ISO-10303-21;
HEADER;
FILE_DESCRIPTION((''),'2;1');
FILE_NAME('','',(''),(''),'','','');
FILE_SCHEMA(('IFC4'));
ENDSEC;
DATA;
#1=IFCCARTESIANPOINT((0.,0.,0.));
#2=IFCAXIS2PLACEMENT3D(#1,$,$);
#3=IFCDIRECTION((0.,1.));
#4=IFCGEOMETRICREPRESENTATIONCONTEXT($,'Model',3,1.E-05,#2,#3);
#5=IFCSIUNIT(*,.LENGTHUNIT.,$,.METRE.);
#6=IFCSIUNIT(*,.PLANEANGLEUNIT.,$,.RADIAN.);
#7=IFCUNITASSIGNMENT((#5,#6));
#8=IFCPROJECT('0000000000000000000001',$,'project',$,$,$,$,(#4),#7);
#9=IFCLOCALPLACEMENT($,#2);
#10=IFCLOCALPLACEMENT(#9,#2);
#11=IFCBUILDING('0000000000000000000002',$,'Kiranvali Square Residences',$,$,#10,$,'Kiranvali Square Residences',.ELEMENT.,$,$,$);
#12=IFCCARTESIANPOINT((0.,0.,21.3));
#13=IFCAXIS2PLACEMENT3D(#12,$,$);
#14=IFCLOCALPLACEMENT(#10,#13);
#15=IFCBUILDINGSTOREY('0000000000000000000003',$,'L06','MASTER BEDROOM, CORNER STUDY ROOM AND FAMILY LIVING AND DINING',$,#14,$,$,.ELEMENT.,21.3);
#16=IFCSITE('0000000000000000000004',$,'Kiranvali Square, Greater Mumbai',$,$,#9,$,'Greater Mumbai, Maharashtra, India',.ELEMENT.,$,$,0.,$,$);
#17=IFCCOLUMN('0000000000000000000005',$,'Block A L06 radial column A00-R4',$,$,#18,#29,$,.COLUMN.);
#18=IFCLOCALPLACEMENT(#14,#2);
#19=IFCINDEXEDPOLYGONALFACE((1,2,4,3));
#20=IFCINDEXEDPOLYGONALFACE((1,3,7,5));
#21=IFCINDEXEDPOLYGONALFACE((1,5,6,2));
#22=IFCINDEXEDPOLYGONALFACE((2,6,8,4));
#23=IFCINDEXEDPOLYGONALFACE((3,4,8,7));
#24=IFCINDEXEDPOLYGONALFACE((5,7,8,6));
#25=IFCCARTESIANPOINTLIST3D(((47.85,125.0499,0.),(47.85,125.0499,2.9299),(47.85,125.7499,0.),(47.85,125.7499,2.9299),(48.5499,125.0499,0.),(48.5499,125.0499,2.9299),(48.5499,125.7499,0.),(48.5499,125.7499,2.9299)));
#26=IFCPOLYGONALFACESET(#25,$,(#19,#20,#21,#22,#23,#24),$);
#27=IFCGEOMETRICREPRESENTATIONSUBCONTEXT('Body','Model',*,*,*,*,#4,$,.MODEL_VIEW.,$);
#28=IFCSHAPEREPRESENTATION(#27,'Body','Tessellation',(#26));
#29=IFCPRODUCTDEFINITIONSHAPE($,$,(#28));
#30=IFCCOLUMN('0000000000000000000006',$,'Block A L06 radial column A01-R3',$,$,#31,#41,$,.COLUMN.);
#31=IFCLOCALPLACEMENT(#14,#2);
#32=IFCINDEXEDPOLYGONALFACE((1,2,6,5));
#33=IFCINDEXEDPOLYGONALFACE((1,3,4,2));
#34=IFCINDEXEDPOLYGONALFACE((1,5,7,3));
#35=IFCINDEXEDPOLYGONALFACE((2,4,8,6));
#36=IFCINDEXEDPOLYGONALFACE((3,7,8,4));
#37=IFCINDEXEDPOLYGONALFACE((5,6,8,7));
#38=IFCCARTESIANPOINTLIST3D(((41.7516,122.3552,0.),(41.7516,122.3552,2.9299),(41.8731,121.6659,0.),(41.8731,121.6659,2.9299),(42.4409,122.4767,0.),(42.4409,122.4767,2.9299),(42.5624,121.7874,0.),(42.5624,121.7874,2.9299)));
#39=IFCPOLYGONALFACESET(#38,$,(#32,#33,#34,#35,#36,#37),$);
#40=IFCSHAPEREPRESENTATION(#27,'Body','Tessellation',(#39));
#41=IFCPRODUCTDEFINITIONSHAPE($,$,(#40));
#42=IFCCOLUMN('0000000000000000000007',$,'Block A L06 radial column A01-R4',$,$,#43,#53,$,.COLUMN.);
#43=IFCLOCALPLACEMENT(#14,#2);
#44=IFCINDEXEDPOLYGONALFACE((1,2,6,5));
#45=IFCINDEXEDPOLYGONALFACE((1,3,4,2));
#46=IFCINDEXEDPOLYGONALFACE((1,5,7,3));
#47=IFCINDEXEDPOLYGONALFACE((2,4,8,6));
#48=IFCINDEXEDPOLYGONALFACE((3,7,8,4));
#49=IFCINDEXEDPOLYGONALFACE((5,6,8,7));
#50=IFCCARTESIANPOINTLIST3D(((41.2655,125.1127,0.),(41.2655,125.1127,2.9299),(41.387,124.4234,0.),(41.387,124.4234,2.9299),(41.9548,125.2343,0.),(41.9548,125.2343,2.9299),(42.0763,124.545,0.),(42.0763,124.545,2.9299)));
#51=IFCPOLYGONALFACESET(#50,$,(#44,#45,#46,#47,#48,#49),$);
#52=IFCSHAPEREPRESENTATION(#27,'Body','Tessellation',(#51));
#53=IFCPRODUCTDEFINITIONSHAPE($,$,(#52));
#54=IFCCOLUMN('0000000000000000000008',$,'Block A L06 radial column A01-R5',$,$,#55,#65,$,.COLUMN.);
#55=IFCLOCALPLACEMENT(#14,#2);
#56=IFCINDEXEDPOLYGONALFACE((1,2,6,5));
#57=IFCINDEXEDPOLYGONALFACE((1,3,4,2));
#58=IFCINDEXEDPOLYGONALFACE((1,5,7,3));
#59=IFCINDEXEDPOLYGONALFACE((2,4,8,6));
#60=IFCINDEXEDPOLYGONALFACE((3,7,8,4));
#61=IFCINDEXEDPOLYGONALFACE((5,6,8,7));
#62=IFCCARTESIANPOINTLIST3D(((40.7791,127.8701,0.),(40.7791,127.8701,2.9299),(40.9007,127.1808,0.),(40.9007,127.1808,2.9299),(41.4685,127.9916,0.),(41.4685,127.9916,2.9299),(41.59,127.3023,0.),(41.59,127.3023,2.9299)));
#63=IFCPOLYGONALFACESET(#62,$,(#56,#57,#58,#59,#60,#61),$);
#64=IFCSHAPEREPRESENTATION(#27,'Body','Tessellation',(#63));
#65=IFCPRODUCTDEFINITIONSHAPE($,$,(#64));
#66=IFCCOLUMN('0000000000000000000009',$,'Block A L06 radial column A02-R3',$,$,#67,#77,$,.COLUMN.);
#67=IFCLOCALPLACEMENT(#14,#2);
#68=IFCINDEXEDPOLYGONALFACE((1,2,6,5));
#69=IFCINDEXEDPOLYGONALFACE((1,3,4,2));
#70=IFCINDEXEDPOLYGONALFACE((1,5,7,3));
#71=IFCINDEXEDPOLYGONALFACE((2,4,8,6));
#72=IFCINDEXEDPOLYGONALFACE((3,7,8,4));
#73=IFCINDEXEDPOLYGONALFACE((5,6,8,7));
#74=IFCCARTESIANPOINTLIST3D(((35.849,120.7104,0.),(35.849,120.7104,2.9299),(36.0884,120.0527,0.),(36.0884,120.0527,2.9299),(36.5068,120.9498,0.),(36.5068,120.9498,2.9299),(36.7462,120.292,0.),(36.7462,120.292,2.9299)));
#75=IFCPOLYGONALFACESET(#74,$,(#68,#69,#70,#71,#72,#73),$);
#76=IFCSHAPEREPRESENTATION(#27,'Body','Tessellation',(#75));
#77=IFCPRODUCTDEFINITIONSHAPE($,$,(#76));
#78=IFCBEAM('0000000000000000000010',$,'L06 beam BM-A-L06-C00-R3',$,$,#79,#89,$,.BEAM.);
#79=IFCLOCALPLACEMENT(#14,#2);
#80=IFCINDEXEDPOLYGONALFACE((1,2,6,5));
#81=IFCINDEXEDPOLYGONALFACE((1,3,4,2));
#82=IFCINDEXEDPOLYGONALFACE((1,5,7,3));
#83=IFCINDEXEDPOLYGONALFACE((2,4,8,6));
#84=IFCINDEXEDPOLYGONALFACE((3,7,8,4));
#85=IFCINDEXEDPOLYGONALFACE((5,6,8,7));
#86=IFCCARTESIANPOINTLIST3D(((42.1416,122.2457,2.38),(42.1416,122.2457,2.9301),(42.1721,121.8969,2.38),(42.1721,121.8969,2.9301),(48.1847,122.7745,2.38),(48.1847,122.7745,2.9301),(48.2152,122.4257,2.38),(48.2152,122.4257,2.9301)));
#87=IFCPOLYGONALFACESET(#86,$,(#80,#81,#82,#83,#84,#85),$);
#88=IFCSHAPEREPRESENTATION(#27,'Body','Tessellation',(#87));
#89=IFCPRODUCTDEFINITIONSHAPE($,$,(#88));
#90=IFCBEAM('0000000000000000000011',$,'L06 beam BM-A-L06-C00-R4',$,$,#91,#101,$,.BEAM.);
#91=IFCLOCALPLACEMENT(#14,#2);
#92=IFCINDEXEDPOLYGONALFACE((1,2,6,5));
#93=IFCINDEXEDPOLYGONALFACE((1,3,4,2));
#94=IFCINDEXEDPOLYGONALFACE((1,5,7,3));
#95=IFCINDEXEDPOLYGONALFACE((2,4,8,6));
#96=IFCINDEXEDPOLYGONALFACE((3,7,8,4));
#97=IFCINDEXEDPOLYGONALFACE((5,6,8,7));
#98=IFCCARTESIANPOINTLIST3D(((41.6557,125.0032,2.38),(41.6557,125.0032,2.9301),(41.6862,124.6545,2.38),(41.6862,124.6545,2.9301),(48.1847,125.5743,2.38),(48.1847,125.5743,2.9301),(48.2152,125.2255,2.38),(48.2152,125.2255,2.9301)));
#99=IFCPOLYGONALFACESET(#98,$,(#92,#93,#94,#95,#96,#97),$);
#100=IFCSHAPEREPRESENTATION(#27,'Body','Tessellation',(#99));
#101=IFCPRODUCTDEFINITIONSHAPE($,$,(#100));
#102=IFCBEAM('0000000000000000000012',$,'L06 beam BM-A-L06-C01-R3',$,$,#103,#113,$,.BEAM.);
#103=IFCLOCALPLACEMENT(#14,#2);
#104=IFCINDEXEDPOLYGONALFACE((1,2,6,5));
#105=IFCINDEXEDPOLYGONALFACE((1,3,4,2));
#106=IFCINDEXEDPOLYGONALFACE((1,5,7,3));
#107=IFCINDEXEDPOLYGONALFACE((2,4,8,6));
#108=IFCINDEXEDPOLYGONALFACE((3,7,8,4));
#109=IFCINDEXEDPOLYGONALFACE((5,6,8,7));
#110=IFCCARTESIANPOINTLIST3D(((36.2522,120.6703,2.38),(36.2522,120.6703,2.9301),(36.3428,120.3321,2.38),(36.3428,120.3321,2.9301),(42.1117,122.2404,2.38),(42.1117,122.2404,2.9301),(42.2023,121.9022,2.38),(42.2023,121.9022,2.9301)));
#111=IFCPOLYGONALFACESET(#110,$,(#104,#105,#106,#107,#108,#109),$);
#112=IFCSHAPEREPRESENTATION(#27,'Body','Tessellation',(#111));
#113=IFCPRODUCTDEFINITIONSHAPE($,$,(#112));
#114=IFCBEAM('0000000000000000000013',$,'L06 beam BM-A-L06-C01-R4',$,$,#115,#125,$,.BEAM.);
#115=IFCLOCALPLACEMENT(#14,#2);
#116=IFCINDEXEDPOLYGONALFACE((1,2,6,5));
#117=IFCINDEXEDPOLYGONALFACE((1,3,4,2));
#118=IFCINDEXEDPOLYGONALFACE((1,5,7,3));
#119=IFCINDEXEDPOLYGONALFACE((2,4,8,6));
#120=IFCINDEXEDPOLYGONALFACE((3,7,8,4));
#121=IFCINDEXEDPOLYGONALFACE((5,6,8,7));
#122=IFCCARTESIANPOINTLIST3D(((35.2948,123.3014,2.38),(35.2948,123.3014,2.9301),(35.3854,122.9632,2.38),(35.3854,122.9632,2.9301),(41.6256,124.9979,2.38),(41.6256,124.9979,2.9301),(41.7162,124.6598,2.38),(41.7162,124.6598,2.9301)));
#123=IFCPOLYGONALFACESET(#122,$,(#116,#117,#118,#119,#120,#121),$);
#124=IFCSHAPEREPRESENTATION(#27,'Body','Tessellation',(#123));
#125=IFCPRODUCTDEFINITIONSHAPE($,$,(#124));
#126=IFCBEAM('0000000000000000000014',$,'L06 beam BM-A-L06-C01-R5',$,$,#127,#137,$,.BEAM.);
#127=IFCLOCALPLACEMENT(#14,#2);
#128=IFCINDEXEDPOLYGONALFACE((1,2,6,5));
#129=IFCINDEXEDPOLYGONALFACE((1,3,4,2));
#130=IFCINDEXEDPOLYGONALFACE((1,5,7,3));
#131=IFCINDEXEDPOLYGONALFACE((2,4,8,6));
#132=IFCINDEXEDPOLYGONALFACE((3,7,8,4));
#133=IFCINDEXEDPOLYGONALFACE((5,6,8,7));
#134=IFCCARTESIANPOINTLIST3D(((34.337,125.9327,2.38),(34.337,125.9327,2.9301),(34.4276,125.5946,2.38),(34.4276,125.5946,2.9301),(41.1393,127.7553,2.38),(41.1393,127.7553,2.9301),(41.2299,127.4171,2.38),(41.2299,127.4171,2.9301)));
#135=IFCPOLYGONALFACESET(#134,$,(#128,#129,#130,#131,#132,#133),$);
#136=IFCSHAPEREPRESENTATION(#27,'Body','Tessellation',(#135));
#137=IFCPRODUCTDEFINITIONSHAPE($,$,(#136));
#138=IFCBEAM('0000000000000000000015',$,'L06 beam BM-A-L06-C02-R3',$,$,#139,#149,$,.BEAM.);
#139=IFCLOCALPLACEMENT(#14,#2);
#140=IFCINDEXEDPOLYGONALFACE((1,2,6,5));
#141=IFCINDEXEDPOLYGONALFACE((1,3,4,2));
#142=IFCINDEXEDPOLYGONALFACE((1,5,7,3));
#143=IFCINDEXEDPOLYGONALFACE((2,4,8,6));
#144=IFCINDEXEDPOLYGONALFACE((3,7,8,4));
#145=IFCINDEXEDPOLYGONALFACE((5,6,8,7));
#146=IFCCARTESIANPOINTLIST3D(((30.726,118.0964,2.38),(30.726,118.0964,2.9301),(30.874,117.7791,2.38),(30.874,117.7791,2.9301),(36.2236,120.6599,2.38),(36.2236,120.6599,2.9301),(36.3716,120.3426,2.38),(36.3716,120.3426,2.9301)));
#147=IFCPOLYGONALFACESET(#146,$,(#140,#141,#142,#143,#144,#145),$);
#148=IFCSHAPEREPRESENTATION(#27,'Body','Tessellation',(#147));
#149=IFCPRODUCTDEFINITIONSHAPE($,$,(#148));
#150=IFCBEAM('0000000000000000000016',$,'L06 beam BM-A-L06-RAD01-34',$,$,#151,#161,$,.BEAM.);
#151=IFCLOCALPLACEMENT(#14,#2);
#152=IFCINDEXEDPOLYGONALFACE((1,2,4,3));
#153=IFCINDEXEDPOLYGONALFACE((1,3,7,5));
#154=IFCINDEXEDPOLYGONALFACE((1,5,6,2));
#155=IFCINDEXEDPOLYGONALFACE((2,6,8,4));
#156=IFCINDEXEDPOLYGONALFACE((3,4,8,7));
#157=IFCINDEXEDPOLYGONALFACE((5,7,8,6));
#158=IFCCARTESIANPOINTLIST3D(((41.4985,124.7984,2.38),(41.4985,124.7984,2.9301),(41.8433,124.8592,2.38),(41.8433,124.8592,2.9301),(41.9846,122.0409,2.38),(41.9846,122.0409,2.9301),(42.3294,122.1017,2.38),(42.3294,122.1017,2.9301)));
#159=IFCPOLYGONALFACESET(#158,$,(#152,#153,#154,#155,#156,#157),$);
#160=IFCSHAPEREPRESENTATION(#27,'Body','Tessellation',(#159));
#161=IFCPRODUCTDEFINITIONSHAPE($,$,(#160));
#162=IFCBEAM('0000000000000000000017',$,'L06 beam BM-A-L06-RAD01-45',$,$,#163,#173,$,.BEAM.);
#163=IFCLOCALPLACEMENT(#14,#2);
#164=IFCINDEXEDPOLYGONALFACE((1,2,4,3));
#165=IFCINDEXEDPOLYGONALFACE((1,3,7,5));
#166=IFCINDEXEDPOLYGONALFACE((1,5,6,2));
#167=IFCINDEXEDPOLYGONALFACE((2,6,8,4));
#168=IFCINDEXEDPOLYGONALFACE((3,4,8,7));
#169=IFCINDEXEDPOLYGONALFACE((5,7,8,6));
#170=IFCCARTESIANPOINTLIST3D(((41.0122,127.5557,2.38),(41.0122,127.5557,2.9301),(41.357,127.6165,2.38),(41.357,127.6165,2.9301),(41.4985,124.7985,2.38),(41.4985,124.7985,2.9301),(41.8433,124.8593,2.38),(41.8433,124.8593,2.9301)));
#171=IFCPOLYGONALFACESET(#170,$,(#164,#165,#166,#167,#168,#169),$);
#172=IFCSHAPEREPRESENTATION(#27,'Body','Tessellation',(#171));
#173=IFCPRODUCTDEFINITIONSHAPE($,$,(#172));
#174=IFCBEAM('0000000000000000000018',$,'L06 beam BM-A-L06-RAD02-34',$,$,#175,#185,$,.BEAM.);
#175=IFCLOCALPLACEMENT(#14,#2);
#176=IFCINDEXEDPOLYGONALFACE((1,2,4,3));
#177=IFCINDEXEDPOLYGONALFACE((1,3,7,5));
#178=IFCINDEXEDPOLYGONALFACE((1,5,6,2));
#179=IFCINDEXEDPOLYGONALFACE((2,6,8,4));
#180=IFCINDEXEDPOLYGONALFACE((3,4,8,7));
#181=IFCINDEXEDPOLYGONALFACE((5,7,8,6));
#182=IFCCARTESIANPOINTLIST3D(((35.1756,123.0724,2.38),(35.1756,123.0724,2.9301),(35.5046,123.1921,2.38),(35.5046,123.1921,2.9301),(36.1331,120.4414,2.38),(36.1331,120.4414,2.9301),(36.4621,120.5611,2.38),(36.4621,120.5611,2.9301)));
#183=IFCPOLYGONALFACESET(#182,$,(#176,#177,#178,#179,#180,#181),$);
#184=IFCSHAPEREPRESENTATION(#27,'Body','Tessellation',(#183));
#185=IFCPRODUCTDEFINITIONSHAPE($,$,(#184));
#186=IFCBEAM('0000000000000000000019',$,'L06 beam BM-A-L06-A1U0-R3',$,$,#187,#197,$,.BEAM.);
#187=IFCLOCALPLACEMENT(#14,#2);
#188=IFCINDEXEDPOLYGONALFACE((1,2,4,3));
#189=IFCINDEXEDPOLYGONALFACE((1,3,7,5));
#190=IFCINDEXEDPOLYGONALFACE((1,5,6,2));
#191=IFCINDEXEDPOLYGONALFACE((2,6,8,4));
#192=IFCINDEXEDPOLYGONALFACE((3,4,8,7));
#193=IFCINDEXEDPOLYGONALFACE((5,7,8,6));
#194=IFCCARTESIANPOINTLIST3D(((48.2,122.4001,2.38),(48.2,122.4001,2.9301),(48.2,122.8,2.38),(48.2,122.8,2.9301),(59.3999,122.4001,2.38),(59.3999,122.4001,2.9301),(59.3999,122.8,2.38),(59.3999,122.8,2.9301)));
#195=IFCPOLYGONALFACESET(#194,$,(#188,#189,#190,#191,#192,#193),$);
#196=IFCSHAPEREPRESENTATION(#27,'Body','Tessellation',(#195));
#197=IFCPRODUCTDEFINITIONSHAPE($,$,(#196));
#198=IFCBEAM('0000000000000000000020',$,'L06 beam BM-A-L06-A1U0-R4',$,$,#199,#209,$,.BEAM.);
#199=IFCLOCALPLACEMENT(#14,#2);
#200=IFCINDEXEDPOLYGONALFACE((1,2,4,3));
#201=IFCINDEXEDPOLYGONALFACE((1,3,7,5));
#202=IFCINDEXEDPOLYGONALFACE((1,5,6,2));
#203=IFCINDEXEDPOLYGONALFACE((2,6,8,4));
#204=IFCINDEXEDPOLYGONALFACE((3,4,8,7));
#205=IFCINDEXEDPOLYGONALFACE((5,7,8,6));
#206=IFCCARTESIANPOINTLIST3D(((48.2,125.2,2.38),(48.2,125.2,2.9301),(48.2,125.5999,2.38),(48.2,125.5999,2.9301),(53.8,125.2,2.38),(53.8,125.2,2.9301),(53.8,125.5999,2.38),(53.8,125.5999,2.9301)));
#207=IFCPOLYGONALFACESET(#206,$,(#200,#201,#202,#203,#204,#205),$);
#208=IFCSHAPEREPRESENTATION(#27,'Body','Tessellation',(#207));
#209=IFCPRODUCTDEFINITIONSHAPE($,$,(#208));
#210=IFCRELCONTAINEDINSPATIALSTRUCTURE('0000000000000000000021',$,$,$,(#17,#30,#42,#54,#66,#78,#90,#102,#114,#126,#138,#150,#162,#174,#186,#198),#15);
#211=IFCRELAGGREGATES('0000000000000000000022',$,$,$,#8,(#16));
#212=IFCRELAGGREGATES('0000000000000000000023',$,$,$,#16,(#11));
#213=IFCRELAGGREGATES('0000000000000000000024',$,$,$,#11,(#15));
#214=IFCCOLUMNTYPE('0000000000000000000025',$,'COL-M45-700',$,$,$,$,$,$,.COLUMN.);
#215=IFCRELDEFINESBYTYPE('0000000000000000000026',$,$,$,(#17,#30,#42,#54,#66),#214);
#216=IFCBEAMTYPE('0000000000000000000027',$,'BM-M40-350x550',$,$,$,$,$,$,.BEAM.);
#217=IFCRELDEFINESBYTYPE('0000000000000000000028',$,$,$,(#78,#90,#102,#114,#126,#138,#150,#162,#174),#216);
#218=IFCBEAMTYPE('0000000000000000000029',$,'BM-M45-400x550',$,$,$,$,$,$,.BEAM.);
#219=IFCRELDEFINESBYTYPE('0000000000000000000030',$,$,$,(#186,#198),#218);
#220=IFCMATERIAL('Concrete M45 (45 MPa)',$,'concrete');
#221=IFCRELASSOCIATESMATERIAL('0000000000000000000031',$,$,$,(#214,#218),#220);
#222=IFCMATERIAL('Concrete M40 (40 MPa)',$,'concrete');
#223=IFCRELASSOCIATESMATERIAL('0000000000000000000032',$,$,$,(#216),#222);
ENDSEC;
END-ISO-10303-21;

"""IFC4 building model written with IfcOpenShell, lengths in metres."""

from ifc_helpers import new_model, si_unit, direction, frame, origin, origin_2d, place, context, subcontext, project, spatial, rectangle, extrude, material, material_profile, profile_set, type_object, element, save


model = new_model("IFC4")

# Units and contexts
model_context = context("Model", 3, precision=1e-05, world=origin(), true_north=direction((0.0, 1.0)))
body_context = subcontext(model_context, "Body", "Model", "MODEL_VIEW")
ifc_project = project(units=[si_unit("LENGTHUNIT", "METRE"), si_unit("PLANEANGLEUNIT", "RADIAN")], contexts=[model_context])

# Site, building, storey
site_placement = place(None, origin())
site = spatial("IfcSite", under=ifc_project, at=site_placement, Name="Kiranvali Square, Greater Mumbai", LongName="Greater Mumbai, Maharashtra, India", CompositionType="ELEMENT", RefElevation=0.0)
building_placement = place(site_placement, origin())
building = spatial("IfcBuilding", under=site, at=building_placement, Name="Kiranvali Square Residences", LongName="Kiranvali Square Residences", CompositionType="ELEMENT")
storey_placement = place(building_placement, frame((0.0, 0.0, 21.3)))
storey = spatial("IfcBuildingStorey", under=building, at=storey_placement, Name="L06", Description="MASTER BEDROOM, CORNER STUDY ROOM AND FAMILY LIVING AND DINING", CompositionType="ELEMENT", Elevation=21.3)

# Columns
ifc_material_1 = material(Name="Concrete M45 (45 MPa)", Category="concrete")
ifc_material_profile_1 = material_profile(ifc_material_1, rectangle(XDim=0.7, YDim=0.7, at=origin_2d()), Name="RC 700x700")
ifc_profile_set_1 = profile_set([ifc_material_profile_1], Name="Concrete M45 (45 MPa)")
column_type = type_object("IfcColumnType", Name="COL-M45-700", PredefinedType="COLUMN", material=ifc_profile_set_1)
for number, where, z_axis, x_axis, name in (
    (1, (48.2, 125.3999, 0.0), (0.0, 0.0, 1.0), (1.0, 0.0, 0.0), "Block A L06 radial column A00-R4"),
    (2, (42.157, 122.0713, 0.0), (0.0, 0.0, 1.0), (0.984808, 0.173648, 0.0), "Block A L06 radial column A01-R3"),
    (3, (41.6709, 124.8289, 0.0), (0.0, 0.0, 1.0), (0.984808, 0.173648, 0.0), "Block A L06 radial column A01-R4"),
    (4, (41.1846, 127.5862, 0.0), (0.0, 0.0, 1.0), (0.984808, 0.173648, 0.0), "Block A L06 radial column A01-R5"),
    (5, (36.2976, 120.5012, 0.0), (0.0, 0.0, 1.0), (0.939693, 0.34202, 0.0), "Block A L06 radial column A02-R3"),
):
    element("IfcColumn", number, at=place(storey_placement, frame(where, z_axis=z_axis, x_axis=x_axis)), inside=storey, type_object=column_type, Name=name, PredefinedType="COLUMN", context=body_context, shape_type="SweptSolid", body=[
        extrude(rectangle(XDim=0.7, YDim=0.7, at=origin_2d()), origin(), (0.0, 0.0, 1.0), 2.9299),
    ])

# Beams
ifc_material_2 = material(Name="Concrete M40 (40 MPa)", Category="concrete")
ifc_material_profile_2 = material_profile(ifc_material_2, rectangle(XDim=0.3501, YDim=0.55, at=origin_2d()), Name="RC 350x550")
ifc_profile_set_2 = profile_set([ifc_material_profile_2], Name="Concrete M40 (40 MPa)")
beam_type_1 = type_object("IfcBeamType", Name="BM-M40-350x550", PredefinedType="BEAM", material=ifc_profile_set_2)
beam_1_placement = place(storey_placement, frame((48.2, 122.6001, 2.655), z_axis=(-0.996193, -0.087175, 0.0), x_axis=(0.087175, -0.996193, 0.0)))
element("IfcBeam", 6, at=beam_1_placement, inside=storey, type_object=beam_type_1, Name="L06 beam BM-A-L06-C00-R3", PredefinedType="BEAM", context=body_context, shape_type="SweptSolid", body=[
    extrude(rectangle(XDim=0.3501, YDim=0.55, at=origin_2d()), origin(), (0.0, 0.0, 1.0), 6.0662),
])
beam_2_placement = place(storey_placement, frame((48.2, 125.3999, 2.655), z_axis=(-0.996197, -0.08713, 0.0), x_axis=(0.08713, -0.996197, 0.0)))
element("IfcBeam", 7, at=beam_2_placement, inside=storey, type_object=beam_type_1, Name="L06 beam BM-A-L06-C00-R4", PredefinedType="BEAM", context=body_context, shape_type="SweptSolid", body=[
    extrude(rectangle(XDim=0.3501, YDim=0.55, at=origin_2d()), origin(), (0.0, 0.0, 1.0), 6.554),
])
beam_3_placement = place(storey_placement, frame((42.157, 122.0713, 2.655), z_axis=(-0.965924, -0.258827, 0.0), x_axis=(0.258827, -0.965924, 0.0)))
element("IfcBeam", 8, at=beam_3_placement, inside=storey, type_object=beam_type_1, Name="L06 beam BM-A-L06-C01-R3", PredefinedType="BEAM", context=body_context, shape_type="SweptSolid", body=[
    extrude(rectangle(XDim=0.3501, YDim=0.55, at=origin_2d()), origin(), (0.0, 0.0, 1.0), 6.0662),
])
beam_4_placement = place(storey_placement, frame((41.6709, 124.8289, 2.655), z_axis=(-0.965918, -0.258847, 0.0), x_axis=(0.258847, -0.965918, 0.0)))
element("IfcBeam", 9, at=beam_4_placement, inside=storey, type_object=beam_type_1, Name="L06 beam BM-A-L06-C01-R4", PredefinedType="BEAM", context=body_context, shape_type="SweptSolid", body=[
    extrude(rectangle(XDim=0.3501, YDim=0.55, at=origin_2d()), origin(), (0.0, 0.0, 1.0), 6.5542),
])
beam_5_placement = place(storey_placement, frame((41.1846, 127.5862, 2.655), z_axis=(-0.965931, -0.2588, 0.0), x_axis=(0.2588, -0.965931, 0.0)))
element("IfcBeam", 10, at=beam_5_placement, inside=storey, type_object=beam_type_1, Name="L06 beam BM-A-L06-C01-R5", PredefinedType="BEAM", context=body_context, shape_type="SweptSolid", body=[
    extrude(rectangle(XDim=0.3501, YDim=0.55, at=origin_2d()), origin(), (0.0, 0.0, 1.0), 7.0422),
])
beam_6_placement = place(storey_placement, frame((36.2976, 120.5012, 2.655), z_axis=(-0.906313, -0.422608, 0.0), x_axis=(0.422608, -0.906313, 0.0)))
element("IfcBeam", 11, at=beam_6_placement, inside=storey, type_object=beam_type_1, Name="L06 beam BM-A-L06-C02-R3", PredefinedType="BEAM", context=body_context, shape_type="SweptSolid", body=[
    extrude(rectangle(XDim=0.3501, YDim=0.55, at=origin_2d()), origin(), (0.0, 0.0, 1.0), 6.0659),
])
beam_7_placement = place(storey_placement, frame((42.157, 122.0713, 2.655), z_axis=(-0.173596, 0.984817, 0.0), x_axis=(-0.984817, -0.173596, 0.0)))
element("IfcBeam", 12, at=beam_7_placement, inside=storey, type_object=beam_type_1, Name="L06 beam BM-A-L06-RAD01-34", PredefinedType="BEAM", context=body_context, shape_type="SweptSolid", body=[
    extrude(rectangle(XDim=0.3501, YDim=0.55, at=origin_2d()), origin(), (0.0, 0.0, 1.0), 2.8),
])
for number, where, z_axis, x_axis, name in (
    (13, (41.6709, 124.8289, 2.655), (-0.173696, 0.984799, 0.0), (-0.984799, -0.173696, 0.0), "L06 beam BM-A-L06-RAD01-45"),
    (14, (36.2976, 120.5012, 2.655), (-0.341981, 0.939707, 0.0), (-0.939707, -0.341981, 0.0), "L06 beam BM-A-L06-RAD02-34"),
):
    element("IfcBeam", number, at=place(storey_placement, frame(where, z_axis=z_axis, x_axis=x_axis)), inside=storey, type_object=beam_type_1, Name=name, PredefinedType="BEAM", context=body_context, shape_type="SweptSolid", body=[
        extrude(rectangle(XDim=0.3501, YDim=0.55, at=origin_2d()), origin(), (0.0, 0.0, 1.0), 2.7998),
    ])
ifc_material_profile_3 = material_profile(ifc_material_1, rectangle(XDim=0.3999, YDim=0.55, at=origin_2d()), Name="RC 400x550")
ifc_profile_set_3 = profile_set([ifc_material_profile_3], Name="Concrete M45 (45 MPa)")
beam_type_2 = type_object("IfcBeamType", Name="BM-M45-400x550", PredefinedType="BEAM", material=ifc_profile_set_3)
beam_8_placement = place(storey_placement, frame((48.2, 122.6001, 2.655), z_axis=(1.0, 0.0, 0.0), x_axis=(0.0, 1.0, 0.0)))
element("IfcBeam", 15, at=beam_8_placement, inside=storey, type_object=beam_type_2, Name="L06 beam BM-A-L06-A1U0-R3", PredefinedType="BEAM", context=body_context, shape_type="SweptSolid", body=[
    extrude(rectangle(XDim=0.3999, YDim=0.55, at=origin_2d()), origin(), (0.0, 0.0, 1.0), 11.2),
])
beam_9_placement = place(storey_placement, frame((48.2, 125.3999, 2.655), z_axis=(1.0, 0.0, 0.0), x_axis=(0.0, 1.0, 0.0)))
element("IfcBeam", 16, at=beam_9_placement, inside=storey, type_object=beam_type_2, Name="L06 beam BM-A-L06-A1U0-R4", PredefinedType="BEAM", context=body_context, shape_type="SweptSolid", body=[
    extrude(rectangle(XDim=0.3999, YDim=0.55, at=origin_2d()), origin(), (0.0, 0.0, 1.0), 5.6001),
])

save(model, "model.ifc")
